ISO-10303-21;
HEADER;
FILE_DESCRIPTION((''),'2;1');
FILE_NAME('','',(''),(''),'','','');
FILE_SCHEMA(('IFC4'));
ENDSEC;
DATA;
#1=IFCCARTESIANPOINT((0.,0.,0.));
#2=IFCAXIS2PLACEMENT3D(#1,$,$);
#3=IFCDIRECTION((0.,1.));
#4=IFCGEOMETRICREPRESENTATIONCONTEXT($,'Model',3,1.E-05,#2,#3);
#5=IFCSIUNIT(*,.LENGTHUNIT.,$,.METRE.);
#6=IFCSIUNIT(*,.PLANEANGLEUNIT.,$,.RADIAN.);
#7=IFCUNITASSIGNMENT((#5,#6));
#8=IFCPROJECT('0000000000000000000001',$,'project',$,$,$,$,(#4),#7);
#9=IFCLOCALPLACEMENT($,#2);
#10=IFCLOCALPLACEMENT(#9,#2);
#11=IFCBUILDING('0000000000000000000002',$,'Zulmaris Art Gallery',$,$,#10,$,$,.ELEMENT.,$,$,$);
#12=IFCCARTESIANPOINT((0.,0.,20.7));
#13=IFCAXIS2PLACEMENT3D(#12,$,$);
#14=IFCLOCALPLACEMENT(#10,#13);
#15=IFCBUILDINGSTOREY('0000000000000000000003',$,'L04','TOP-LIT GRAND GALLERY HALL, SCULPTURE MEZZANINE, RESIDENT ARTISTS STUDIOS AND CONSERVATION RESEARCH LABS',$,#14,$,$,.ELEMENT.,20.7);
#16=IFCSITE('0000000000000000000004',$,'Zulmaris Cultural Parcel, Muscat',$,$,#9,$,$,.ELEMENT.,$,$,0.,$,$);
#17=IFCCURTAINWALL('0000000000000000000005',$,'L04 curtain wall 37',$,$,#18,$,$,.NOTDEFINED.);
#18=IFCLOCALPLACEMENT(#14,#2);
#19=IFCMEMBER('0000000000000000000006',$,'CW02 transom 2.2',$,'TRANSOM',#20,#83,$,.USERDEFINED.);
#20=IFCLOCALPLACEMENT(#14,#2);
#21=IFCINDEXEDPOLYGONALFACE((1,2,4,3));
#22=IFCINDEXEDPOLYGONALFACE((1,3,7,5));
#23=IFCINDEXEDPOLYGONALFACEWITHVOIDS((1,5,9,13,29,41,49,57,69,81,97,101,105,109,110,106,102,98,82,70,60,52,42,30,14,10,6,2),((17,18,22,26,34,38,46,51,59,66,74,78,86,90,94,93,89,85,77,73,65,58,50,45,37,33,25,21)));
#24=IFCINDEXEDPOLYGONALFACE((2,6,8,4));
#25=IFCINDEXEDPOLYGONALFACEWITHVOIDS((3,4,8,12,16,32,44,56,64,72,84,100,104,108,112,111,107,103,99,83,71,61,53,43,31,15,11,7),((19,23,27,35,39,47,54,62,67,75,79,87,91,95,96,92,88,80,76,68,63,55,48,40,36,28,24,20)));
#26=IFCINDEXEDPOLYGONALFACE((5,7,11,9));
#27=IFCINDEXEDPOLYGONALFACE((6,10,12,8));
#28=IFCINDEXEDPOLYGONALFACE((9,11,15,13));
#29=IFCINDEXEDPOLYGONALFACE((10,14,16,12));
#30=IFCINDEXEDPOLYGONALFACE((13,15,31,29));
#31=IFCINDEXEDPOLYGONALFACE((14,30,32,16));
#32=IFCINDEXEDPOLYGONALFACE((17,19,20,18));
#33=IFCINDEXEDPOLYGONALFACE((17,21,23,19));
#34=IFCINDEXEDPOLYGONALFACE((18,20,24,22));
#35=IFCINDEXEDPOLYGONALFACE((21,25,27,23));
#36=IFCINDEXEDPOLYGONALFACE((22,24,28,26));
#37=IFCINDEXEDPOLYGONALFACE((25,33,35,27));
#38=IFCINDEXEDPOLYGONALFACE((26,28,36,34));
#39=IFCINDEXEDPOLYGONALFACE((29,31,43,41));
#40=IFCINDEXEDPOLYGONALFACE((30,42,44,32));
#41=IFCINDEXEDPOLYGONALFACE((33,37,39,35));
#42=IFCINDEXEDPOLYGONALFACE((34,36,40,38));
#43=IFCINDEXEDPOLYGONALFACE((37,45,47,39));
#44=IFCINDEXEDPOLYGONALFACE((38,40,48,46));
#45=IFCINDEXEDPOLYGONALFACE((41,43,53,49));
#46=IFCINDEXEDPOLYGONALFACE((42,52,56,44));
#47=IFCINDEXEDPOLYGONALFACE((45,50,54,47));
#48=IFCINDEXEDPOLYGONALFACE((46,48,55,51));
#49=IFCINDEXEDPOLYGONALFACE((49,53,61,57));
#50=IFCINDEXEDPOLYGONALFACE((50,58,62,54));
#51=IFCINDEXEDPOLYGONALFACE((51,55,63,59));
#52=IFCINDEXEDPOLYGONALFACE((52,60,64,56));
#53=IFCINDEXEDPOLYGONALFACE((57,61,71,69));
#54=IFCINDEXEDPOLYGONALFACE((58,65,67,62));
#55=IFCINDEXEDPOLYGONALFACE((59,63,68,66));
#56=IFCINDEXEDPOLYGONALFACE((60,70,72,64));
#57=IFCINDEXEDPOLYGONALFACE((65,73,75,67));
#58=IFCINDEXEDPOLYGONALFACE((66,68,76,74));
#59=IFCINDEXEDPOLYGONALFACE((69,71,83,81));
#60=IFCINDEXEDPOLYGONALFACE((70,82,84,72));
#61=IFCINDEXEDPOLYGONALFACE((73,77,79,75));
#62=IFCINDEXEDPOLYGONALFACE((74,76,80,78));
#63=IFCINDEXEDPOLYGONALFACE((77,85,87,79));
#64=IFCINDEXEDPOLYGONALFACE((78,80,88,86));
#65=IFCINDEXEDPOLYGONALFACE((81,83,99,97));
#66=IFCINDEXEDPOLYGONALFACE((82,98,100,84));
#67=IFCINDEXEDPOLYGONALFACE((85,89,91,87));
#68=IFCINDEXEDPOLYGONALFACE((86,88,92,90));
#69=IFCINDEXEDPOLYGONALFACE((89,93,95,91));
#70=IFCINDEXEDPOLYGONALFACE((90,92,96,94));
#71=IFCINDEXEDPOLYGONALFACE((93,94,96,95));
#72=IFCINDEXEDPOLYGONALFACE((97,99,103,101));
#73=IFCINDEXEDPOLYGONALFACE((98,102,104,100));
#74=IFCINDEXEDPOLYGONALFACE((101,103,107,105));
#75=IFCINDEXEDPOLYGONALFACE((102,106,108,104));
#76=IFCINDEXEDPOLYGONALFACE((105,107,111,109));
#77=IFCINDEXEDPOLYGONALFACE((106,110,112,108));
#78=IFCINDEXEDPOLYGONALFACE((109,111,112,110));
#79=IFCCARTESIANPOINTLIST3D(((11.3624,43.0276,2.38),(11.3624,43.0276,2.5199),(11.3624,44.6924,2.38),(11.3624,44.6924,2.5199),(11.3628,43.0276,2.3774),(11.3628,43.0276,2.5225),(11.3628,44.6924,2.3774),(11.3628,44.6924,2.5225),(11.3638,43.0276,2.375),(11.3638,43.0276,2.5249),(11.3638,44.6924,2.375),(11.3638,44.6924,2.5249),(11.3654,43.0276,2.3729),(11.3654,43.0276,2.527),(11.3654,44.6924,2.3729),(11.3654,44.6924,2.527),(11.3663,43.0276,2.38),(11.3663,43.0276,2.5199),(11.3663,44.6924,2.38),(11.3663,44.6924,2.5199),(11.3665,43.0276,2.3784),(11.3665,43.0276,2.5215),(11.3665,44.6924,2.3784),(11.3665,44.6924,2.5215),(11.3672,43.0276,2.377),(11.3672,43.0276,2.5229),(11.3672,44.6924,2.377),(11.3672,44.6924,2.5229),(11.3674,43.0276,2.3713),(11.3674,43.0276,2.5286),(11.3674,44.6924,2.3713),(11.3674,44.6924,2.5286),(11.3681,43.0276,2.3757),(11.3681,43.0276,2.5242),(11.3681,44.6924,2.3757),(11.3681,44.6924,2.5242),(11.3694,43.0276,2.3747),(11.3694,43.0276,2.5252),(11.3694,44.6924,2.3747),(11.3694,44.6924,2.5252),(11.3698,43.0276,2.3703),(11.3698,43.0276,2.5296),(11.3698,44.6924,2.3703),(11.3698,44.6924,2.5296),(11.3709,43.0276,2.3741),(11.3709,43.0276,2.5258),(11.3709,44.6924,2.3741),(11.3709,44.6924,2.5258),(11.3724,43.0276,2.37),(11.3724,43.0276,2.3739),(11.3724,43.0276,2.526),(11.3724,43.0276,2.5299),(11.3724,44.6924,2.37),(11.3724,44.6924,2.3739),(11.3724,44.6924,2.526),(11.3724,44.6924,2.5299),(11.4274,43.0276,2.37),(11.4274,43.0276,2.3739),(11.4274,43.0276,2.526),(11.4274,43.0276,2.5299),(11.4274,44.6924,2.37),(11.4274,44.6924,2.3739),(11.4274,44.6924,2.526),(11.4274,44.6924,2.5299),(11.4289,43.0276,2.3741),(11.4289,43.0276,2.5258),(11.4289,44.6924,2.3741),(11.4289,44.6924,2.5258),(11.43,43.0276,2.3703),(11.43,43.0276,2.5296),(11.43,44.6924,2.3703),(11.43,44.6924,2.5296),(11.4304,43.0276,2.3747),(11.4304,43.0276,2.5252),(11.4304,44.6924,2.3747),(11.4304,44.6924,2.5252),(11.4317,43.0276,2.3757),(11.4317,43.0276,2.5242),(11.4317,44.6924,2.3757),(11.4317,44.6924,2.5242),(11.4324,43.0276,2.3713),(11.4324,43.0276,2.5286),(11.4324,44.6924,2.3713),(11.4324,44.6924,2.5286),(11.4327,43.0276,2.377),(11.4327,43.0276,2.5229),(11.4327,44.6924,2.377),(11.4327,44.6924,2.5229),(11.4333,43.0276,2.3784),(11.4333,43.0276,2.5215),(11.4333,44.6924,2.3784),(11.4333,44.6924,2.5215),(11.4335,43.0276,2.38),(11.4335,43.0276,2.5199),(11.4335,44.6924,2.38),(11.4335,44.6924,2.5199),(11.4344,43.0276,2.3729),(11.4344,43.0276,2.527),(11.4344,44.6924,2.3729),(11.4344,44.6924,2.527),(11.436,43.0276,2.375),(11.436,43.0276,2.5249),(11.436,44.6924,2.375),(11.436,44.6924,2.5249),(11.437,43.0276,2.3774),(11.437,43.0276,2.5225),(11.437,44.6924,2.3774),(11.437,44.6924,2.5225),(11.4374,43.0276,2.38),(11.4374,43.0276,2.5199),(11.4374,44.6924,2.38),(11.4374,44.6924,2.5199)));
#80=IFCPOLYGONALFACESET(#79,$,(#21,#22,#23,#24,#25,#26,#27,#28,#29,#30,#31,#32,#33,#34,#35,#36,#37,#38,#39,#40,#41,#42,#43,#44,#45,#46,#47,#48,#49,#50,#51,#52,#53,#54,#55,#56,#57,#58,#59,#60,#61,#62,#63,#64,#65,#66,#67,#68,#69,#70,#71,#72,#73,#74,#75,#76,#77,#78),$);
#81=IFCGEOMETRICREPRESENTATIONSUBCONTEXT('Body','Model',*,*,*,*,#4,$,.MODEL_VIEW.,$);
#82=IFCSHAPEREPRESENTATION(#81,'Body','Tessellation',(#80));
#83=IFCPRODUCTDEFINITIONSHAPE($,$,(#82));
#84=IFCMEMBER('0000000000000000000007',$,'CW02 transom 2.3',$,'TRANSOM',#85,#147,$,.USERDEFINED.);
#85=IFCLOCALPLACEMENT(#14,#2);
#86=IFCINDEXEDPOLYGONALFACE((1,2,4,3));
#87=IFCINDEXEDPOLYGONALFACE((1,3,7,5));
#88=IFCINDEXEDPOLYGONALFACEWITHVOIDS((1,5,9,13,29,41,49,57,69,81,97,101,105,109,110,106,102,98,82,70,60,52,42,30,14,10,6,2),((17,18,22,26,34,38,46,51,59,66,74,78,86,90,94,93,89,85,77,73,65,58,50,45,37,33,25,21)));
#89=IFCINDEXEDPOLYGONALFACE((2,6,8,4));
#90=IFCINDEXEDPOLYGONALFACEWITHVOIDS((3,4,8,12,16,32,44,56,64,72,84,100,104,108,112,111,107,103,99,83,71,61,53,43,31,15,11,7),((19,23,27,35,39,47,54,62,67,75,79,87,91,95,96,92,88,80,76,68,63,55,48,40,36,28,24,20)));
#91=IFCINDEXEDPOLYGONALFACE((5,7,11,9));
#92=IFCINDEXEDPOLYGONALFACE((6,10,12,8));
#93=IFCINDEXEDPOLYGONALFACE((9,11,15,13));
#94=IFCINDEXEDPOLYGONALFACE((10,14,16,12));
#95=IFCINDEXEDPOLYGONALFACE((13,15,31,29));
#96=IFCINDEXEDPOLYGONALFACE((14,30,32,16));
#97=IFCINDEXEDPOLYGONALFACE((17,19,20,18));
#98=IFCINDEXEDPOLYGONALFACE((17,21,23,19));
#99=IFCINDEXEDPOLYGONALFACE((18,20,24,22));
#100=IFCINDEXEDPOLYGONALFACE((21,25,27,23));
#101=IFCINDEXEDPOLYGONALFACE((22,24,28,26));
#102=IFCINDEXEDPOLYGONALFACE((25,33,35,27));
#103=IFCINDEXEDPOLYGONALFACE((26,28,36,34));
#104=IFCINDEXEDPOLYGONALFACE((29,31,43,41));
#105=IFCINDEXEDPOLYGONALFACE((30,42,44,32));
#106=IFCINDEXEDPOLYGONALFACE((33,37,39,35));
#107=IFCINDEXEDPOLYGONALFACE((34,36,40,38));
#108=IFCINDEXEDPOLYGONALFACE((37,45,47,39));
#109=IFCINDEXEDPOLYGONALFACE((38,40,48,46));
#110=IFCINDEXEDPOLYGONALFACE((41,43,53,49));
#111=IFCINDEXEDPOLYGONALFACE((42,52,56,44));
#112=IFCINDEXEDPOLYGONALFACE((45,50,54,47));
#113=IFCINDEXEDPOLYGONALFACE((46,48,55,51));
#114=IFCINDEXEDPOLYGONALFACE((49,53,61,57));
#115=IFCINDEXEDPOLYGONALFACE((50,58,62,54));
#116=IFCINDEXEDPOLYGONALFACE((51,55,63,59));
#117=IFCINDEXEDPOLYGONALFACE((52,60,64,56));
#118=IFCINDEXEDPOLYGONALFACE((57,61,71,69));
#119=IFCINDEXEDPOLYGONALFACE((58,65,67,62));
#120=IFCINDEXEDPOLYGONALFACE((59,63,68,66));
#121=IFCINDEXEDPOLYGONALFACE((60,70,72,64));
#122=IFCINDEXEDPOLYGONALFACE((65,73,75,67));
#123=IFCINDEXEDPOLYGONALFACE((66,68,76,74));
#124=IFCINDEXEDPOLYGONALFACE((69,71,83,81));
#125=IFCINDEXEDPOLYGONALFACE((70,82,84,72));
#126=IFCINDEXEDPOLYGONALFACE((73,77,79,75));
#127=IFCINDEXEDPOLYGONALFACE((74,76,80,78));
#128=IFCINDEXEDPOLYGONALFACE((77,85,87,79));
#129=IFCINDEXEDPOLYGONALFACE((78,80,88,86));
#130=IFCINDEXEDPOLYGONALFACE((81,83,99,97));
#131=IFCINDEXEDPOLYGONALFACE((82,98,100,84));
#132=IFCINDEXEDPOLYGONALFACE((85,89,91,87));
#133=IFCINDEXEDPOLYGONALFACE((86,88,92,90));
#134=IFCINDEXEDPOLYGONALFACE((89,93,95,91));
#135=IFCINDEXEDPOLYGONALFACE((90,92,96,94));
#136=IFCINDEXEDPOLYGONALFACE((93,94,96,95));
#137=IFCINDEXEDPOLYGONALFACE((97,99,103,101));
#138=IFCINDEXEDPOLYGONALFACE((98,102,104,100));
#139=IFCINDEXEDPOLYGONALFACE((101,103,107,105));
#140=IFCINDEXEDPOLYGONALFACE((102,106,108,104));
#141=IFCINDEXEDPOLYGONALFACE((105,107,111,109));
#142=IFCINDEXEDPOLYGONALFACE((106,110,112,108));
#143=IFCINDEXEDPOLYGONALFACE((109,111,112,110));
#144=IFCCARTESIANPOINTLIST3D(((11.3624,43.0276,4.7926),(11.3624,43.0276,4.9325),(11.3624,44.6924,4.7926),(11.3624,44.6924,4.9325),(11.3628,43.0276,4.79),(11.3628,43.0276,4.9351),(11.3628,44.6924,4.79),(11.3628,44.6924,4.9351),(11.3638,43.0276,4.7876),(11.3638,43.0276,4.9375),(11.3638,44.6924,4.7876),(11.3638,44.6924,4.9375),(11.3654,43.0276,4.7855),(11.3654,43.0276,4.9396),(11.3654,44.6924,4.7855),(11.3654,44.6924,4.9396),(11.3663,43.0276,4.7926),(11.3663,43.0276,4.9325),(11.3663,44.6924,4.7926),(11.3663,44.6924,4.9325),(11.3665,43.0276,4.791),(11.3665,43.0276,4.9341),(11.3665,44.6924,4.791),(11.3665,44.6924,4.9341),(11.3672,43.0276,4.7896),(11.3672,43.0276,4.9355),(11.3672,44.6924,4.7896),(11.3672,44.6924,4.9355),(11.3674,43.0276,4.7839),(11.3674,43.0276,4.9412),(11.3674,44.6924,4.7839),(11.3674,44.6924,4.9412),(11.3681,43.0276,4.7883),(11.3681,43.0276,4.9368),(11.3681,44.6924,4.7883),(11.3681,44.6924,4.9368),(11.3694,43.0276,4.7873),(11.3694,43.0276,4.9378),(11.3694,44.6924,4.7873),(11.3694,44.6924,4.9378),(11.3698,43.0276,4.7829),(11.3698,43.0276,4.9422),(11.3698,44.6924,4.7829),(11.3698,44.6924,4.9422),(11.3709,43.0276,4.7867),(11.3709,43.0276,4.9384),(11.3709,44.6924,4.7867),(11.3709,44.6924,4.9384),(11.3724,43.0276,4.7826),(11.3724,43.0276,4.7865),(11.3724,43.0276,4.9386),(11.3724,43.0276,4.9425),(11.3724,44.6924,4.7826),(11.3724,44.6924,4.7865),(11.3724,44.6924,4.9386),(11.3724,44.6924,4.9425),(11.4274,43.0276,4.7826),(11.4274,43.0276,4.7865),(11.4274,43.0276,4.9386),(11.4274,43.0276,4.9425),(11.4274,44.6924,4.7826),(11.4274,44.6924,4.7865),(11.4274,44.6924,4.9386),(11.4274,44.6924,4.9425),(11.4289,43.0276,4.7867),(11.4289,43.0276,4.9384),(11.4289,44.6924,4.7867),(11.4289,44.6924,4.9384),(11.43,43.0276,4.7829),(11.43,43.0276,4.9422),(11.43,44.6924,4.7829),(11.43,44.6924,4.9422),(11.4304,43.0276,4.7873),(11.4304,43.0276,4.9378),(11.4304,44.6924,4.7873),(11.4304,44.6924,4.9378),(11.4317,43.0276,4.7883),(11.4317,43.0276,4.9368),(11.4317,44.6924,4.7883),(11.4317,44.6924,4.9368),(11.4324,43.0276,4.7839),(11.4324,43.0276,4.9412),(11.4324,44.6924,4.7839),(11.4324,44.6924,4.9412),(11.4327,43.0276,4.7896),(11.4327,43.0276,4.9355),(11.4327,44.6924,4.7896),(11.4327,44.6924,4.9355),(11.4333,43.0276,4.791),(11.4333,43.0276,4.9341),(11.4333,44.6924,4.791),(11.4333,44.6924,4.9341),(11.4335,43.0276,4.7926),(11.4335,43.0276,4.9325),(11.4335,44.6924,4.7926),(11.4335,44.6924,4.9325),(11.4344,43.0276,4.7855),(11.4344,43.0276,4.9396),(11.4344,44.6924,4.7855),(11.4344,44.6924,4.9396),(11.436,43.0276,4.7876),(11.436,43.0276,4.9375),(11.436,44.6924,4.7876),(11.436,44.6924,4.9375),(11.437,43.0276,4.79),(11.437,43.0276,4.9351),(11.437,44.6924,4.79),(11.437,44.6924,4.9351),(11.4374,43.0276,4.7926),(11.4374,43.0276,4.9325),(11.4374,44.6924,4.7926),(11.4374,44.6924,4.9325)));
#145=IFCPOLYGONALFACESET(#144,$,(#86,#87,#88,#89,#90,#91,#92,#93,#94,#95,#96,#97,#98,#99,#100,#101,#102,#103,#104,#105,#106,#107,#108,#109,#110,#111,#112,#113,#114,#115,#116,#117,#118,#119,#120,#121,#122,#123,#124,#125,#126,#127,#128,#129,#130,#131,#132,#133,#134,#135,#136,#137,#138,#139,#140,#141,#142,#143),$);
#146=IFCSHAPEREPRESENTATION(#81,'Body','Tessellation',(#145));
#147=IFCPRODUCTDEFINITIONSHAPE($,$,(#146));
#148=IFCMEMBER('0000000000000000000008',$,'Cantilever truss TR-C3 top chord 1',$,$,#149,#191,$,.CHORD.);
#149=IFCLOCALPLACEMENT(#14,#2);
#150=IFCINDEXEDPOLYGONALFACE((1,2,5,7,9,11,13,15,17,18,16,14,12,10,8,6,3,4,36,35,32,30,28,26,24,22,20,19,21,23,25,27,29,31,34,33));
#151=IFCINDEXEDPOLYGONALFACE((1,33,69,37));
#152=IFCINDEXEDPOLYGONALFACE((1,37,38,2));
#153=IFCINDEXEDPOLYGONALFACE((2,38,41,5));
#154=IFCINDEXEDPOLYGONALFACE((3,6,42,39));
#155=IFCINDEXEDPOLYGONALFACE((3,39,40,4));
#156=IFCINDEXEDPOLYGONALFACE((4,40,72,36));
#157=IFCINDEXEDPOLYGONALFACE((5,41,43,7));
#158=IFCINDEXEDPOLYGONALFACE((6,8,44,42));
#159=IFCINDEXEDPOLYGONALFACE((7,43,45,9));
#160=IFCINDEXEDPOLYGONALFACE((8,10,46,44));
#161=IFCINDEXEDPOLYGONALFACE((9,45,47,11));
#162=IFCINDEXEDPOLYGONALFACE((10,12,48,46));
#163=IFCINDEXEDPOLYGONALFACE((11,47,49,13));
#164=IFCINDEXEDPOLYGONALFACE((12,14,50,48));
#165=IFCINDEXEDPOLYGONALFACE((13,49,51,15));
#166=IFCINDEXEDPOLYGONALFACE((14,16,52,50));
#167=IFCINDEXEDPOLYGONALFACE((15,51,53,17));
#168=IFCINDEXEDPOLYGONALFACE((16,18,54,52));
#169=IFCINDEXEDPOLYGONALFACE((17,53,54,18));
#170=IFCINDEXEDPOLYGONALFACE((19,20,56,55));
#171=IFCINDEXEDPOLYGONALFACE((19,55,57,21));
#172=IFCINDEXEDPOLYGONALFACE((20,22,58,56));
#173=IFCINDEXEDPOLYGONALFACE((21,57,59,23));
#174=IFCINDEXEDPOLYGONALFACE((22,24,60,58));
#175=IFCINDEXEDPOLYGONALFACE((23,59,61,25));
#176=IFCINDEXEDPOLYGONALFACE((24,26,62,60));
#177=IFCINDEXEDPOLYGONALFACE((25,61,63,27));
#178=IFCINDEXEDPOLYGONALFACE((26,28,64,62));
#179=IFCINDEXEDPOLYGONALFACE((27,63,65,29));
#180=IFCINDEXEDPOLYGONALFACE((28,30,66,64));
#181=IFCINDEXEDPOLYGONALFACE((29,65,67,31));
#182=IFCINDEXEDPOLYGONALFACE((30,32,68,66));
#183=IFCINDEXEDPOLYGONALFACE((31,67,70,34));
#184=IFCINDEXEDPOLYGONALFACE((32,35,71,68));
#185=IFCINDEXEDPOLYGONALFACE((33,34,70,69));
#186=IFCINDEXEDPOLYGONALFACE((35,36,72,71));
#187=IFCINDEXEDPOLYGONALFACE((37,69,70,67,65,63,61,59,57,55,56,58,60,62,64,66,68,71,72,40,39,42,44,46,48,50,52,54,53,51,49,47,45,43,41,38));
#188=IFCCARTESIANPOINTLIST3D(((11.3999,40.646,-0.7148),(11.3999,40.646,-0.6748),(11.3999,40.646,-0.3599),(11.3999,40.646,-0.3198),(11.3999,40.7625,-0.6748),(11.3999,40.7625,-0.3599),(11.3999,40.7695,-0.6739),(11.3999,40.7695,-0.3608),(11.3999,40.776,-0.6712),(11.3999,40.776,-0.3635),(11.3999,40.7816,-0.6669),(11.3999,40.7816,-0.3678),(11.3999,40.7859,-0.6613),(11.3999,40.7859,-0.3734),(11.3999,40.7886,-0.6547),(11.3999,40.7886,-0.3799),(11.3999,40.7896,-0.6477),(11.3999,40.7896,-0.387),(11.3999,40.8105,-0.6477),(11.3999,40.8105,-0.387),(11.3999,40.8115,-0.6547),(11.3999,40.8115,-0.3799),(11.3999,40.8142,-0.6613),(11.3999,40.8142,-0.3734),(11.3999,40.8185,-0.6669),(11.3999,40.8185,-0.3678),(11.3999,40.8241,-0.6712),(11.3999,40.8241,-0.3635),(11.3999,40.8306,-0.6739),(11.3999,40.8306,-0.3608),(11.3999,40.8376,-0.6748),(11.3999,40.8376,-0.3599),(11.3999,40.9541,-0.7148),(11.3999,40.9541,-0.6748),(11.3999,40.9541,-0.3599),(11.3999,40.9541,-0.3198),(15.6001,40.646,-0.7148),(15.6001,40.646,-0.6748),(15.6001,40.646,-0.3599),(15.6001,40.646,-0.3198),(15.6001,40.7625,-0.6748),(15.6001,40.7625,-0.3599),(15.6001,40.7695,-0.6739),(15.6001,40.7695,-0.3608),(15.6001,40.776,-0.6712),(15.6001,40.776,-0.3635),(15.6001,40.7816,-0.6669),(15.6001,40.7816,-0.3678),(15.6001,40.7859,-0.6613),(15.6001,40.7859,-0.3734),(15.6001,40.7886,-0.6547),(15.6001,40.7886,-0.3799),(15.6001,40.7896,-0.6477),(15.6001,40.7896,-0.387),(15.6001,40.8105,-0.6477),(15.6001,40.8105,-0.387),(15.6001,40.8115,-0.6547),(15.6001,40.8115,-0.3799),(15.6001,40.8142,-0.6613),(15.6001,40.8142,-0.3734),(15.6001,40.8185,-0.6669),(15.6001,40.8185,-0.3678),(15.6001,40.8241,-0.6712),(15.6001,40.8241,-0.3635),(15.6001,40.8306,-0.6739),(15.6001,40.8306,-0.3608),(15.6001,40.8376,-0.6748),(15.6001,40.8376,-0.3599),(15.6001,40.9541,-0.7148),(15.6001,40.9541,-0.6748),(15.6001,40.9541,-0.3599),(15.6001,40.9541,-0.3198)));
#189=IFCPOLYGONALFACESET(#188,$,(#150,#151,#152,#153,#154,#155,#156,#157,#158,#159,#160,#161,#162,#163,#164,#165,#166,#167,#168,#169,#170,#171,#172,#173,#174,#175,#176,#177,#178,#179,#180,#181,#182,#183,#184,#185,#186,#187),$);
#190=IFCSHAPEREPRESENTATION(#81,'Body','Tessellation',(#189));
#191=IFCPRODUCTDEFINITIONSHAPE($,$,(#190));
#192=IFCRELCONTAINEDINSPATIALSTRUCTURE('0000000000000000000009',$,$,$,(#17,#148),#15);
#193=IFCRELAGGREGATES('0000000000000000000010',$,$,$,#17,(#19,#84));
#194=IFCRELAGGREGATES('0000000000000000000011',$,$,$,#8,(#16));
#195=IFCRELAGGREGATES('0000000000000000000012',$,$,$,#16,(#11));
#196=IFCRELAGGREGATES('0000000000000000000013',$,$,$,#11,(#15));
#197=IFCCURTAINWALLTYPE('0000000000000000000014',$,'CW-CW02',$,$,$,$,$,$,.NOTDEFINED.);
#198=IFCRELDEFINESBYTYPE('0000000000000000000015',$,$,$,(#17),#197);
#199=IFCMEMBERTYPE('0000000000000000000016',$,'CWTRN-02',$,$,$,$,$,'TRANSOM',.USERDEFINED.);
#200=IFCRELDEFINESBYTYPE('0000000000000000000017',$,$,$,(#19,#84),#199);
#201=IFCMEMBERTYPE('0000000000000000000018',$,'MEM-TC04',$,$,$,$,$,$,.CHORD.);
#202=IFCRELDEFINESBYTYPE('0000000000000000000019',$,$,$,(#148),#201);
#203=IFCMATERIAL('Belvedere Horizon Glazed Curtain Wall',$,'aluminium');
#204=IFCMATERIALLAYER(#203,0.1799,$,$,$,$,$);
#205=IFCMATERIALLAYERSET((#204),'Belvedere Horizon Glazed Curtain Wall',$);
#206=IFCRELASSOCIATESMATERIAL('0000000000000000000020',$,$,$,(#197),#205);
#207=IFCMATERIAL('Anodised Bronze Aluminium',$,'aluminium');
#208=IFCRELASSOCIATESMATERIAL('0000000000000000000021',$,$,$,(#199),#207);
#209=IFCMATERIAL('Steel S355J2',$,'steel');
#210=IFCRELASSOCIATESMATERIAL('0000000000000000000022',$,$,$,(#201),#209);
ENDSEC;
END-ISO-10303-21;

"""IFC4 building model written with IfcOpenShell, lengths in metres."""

from ifc_helpers import new_model, si_unit, direction, frame, origin, origin_2d, place, context, subcontext, project, spatial, hollow_rectangle, i_section, extrude, material, layer, layer_set, material_profile, profile_set, type_object, element, aggregate, save


model = new_model("IFC4")

# Units and contexts
model_context = context("Model", 3, precision=1e-05, world=origin(), true_north=direction((0.0, 1.0)))
body_context = subcontext(model_context, "Body", "Model", "MODEL_VIEW")
ifc_project = project(units=[si_unit("LENGTHUNIT", "METRE"), si_unit("PLANEANGLEUNIT", "RADIAN")], contexts=[model_context])

# Site, building, storey
site_placement = place(None, origin())
site = spatial("IfcSite", under=ifc_project, at=site_placement, Name="Zulmaris Cultural Parcel, Muscat", CompositionType="ELEMENT", RefElevation=0.0)
building_placement = place(site_placement, origin())
building = spatial("IfcBuilding", under=site, at=building_placement, Name="Zulmaris Art Gallery", CompositionType="ELEMENT")
storey_placement = place(building_placement, frame((0.0, 0.0, 20.7)))
storey = spatial("IfcBuildingStorey", under=building, at=storey_placement, Name="L04", Description="TOP-LIT GRAND GALLERY HALL, SCULPTURE MEZZANINE, RESIDENT ARTISTS STUDIOS AND CONSERVATION RESEARCH LABS", CompositionType="ELEMENT", Elevation=20.7)

# Shared definitions
ifc_material_1 = material(Name="Steel S355J2", Category="steel")

# Curtain wall
ifc_material_2 = material(Name="Belvedere Horizon Glazed Curtain Wall", Category="aluminium")
ifc_layer_1 = layer(ifc_material_2, 0.1799)
ifc_layer_set_1 = layer_set([ifc_layer_1], Name="Belvedere Horizon Glazed Curtain Wall")
curtain_wall_type = type_object("IfcCurtainWallType", Name="CW-CW02", PredefinedType="NOTDEFINED", material=ifc_layer_set_1)
ifc_material_3 = material(Name="Anodised Bronze Aluminium", Category="aluminium")
curtain_wall_1_placement = place(storey_placement, origin())
curtain_wall_1 = element("IfcCurtainWall", 1, at=curtain_wall_1_placement, inside=storey, type_object=curtain_wall_type, Name="L04 curtain wall 37", PredefinedType="NOTDEFINED")

# Members
ifc_material_profile_1 = material_profile(ifc_material_3, hollow_rectangle(XDim=0.075, YDim=0.1599, WallThickness=0.0039, InnerFilletRadius=0.0061, OuterFilletRadius=0.01, at=origin_2d()), Name="ALU 75x160x4")
ifc_profile_set_1 = profile_set([ifc_material_profile_1], Name="Anodised Bronze Aluminium")
member_type_1 = type_object("IfcMemberType", Name="CWTRN-02", ElementType="TRANSOM", PredefinedType="USERDEFINED", material=ifc_profile_set_1)
member_1_placement = place(storey_placement, frame((11.3999, 43.0276, 2.45), z_axis=(0.0, 1.0, 0.0), x_axis=(-1.0, 0.0, 0.0)))
member_1 = element("IfcMember", 2, at=member_1_placement, type_object=member_type_1, Name="CW02 transom 2.2", ObjectType="TRANSOM", PredefinedType="USERDEFINED", context=body_context, shape_type="SweptSolid", body=[
    extrude(hollow_rectangle(XDim=0.075, YDim=0.1599, WallThickness=0.0039, InnerFilletRadius=0.0061, OuterFilletRadius=0.01, at=origin_2d()), origin(), (0.0, 0.0, 1.0), 1.6648),
])
member_2_placement = place(storey_placement, frame((11.3999, 43.0276, 4.8625), z_axis=(0.0, 1.0, 0.0), x_axis=(-1.0, 0.0, 0.0)))
member_2 = element("IfcMember", 3, at=member_2_placement, type_object=member_type_1, Name="CW02 transom 2.3", ObjectType="TRANSOM", PredefinedType="USERDEFINED", context=body_context, shape_type="SweptSolid", body=[
    extrude(hollow_rectangle(XDim=0.075, YDim=0.1599, WallThickness=0.0039, InnerFilletRadius=0.0061, OuterFilletRadius=0.01, at=origin_2d()), origin(), (0.0, 0.0, 1.0), 1.6648),
])
ifc_material_profile_2 = material_profile(ifc_material_1, i_section(OverallWidth=0.3081, OverallDepth=0.395, WebThickness=0.021, FlangeThickness=0.04, FilletRadius=0.0271, at=origin_2d()), Name="HEM 360")
ifc_profile_set_2 = profile_set([ifc_material_profile_2], Name="Steel S355J2")
member_type_2 = type_object("IfcMemberType", Name="MEM-TC04", PredefinedType="CHORD", material=ifc_profile_set_2)
member_3_placement = place(storey_placement, frame((11.3999, 40.8, -0.5173), z_axis=(1.0, 0.0, 0.0), x_axis=(0.0, 1.0, 0.0)))
element("IfcMember", 4, at=member_3_placement, inside=storey, type_object=member_type_2, Name="Cantilever truss TR-C3 top chord 1", PredefinedType="CHORD", context=body_context, shape_type="SweptSolid", body=[
    extrude(i_section(OverallWidth=0.3081, OverallDepth=0.395, WebThickness=0.021, FlangeThickness=0.04, FilletRadius=0.0271, at=origin_2d()), origin(), (0.0, 0.0, 1.0), 4.2002),
])

aggregate(curtain_wall_1, [member_1, member_2])

save(model, "model.ifc")
